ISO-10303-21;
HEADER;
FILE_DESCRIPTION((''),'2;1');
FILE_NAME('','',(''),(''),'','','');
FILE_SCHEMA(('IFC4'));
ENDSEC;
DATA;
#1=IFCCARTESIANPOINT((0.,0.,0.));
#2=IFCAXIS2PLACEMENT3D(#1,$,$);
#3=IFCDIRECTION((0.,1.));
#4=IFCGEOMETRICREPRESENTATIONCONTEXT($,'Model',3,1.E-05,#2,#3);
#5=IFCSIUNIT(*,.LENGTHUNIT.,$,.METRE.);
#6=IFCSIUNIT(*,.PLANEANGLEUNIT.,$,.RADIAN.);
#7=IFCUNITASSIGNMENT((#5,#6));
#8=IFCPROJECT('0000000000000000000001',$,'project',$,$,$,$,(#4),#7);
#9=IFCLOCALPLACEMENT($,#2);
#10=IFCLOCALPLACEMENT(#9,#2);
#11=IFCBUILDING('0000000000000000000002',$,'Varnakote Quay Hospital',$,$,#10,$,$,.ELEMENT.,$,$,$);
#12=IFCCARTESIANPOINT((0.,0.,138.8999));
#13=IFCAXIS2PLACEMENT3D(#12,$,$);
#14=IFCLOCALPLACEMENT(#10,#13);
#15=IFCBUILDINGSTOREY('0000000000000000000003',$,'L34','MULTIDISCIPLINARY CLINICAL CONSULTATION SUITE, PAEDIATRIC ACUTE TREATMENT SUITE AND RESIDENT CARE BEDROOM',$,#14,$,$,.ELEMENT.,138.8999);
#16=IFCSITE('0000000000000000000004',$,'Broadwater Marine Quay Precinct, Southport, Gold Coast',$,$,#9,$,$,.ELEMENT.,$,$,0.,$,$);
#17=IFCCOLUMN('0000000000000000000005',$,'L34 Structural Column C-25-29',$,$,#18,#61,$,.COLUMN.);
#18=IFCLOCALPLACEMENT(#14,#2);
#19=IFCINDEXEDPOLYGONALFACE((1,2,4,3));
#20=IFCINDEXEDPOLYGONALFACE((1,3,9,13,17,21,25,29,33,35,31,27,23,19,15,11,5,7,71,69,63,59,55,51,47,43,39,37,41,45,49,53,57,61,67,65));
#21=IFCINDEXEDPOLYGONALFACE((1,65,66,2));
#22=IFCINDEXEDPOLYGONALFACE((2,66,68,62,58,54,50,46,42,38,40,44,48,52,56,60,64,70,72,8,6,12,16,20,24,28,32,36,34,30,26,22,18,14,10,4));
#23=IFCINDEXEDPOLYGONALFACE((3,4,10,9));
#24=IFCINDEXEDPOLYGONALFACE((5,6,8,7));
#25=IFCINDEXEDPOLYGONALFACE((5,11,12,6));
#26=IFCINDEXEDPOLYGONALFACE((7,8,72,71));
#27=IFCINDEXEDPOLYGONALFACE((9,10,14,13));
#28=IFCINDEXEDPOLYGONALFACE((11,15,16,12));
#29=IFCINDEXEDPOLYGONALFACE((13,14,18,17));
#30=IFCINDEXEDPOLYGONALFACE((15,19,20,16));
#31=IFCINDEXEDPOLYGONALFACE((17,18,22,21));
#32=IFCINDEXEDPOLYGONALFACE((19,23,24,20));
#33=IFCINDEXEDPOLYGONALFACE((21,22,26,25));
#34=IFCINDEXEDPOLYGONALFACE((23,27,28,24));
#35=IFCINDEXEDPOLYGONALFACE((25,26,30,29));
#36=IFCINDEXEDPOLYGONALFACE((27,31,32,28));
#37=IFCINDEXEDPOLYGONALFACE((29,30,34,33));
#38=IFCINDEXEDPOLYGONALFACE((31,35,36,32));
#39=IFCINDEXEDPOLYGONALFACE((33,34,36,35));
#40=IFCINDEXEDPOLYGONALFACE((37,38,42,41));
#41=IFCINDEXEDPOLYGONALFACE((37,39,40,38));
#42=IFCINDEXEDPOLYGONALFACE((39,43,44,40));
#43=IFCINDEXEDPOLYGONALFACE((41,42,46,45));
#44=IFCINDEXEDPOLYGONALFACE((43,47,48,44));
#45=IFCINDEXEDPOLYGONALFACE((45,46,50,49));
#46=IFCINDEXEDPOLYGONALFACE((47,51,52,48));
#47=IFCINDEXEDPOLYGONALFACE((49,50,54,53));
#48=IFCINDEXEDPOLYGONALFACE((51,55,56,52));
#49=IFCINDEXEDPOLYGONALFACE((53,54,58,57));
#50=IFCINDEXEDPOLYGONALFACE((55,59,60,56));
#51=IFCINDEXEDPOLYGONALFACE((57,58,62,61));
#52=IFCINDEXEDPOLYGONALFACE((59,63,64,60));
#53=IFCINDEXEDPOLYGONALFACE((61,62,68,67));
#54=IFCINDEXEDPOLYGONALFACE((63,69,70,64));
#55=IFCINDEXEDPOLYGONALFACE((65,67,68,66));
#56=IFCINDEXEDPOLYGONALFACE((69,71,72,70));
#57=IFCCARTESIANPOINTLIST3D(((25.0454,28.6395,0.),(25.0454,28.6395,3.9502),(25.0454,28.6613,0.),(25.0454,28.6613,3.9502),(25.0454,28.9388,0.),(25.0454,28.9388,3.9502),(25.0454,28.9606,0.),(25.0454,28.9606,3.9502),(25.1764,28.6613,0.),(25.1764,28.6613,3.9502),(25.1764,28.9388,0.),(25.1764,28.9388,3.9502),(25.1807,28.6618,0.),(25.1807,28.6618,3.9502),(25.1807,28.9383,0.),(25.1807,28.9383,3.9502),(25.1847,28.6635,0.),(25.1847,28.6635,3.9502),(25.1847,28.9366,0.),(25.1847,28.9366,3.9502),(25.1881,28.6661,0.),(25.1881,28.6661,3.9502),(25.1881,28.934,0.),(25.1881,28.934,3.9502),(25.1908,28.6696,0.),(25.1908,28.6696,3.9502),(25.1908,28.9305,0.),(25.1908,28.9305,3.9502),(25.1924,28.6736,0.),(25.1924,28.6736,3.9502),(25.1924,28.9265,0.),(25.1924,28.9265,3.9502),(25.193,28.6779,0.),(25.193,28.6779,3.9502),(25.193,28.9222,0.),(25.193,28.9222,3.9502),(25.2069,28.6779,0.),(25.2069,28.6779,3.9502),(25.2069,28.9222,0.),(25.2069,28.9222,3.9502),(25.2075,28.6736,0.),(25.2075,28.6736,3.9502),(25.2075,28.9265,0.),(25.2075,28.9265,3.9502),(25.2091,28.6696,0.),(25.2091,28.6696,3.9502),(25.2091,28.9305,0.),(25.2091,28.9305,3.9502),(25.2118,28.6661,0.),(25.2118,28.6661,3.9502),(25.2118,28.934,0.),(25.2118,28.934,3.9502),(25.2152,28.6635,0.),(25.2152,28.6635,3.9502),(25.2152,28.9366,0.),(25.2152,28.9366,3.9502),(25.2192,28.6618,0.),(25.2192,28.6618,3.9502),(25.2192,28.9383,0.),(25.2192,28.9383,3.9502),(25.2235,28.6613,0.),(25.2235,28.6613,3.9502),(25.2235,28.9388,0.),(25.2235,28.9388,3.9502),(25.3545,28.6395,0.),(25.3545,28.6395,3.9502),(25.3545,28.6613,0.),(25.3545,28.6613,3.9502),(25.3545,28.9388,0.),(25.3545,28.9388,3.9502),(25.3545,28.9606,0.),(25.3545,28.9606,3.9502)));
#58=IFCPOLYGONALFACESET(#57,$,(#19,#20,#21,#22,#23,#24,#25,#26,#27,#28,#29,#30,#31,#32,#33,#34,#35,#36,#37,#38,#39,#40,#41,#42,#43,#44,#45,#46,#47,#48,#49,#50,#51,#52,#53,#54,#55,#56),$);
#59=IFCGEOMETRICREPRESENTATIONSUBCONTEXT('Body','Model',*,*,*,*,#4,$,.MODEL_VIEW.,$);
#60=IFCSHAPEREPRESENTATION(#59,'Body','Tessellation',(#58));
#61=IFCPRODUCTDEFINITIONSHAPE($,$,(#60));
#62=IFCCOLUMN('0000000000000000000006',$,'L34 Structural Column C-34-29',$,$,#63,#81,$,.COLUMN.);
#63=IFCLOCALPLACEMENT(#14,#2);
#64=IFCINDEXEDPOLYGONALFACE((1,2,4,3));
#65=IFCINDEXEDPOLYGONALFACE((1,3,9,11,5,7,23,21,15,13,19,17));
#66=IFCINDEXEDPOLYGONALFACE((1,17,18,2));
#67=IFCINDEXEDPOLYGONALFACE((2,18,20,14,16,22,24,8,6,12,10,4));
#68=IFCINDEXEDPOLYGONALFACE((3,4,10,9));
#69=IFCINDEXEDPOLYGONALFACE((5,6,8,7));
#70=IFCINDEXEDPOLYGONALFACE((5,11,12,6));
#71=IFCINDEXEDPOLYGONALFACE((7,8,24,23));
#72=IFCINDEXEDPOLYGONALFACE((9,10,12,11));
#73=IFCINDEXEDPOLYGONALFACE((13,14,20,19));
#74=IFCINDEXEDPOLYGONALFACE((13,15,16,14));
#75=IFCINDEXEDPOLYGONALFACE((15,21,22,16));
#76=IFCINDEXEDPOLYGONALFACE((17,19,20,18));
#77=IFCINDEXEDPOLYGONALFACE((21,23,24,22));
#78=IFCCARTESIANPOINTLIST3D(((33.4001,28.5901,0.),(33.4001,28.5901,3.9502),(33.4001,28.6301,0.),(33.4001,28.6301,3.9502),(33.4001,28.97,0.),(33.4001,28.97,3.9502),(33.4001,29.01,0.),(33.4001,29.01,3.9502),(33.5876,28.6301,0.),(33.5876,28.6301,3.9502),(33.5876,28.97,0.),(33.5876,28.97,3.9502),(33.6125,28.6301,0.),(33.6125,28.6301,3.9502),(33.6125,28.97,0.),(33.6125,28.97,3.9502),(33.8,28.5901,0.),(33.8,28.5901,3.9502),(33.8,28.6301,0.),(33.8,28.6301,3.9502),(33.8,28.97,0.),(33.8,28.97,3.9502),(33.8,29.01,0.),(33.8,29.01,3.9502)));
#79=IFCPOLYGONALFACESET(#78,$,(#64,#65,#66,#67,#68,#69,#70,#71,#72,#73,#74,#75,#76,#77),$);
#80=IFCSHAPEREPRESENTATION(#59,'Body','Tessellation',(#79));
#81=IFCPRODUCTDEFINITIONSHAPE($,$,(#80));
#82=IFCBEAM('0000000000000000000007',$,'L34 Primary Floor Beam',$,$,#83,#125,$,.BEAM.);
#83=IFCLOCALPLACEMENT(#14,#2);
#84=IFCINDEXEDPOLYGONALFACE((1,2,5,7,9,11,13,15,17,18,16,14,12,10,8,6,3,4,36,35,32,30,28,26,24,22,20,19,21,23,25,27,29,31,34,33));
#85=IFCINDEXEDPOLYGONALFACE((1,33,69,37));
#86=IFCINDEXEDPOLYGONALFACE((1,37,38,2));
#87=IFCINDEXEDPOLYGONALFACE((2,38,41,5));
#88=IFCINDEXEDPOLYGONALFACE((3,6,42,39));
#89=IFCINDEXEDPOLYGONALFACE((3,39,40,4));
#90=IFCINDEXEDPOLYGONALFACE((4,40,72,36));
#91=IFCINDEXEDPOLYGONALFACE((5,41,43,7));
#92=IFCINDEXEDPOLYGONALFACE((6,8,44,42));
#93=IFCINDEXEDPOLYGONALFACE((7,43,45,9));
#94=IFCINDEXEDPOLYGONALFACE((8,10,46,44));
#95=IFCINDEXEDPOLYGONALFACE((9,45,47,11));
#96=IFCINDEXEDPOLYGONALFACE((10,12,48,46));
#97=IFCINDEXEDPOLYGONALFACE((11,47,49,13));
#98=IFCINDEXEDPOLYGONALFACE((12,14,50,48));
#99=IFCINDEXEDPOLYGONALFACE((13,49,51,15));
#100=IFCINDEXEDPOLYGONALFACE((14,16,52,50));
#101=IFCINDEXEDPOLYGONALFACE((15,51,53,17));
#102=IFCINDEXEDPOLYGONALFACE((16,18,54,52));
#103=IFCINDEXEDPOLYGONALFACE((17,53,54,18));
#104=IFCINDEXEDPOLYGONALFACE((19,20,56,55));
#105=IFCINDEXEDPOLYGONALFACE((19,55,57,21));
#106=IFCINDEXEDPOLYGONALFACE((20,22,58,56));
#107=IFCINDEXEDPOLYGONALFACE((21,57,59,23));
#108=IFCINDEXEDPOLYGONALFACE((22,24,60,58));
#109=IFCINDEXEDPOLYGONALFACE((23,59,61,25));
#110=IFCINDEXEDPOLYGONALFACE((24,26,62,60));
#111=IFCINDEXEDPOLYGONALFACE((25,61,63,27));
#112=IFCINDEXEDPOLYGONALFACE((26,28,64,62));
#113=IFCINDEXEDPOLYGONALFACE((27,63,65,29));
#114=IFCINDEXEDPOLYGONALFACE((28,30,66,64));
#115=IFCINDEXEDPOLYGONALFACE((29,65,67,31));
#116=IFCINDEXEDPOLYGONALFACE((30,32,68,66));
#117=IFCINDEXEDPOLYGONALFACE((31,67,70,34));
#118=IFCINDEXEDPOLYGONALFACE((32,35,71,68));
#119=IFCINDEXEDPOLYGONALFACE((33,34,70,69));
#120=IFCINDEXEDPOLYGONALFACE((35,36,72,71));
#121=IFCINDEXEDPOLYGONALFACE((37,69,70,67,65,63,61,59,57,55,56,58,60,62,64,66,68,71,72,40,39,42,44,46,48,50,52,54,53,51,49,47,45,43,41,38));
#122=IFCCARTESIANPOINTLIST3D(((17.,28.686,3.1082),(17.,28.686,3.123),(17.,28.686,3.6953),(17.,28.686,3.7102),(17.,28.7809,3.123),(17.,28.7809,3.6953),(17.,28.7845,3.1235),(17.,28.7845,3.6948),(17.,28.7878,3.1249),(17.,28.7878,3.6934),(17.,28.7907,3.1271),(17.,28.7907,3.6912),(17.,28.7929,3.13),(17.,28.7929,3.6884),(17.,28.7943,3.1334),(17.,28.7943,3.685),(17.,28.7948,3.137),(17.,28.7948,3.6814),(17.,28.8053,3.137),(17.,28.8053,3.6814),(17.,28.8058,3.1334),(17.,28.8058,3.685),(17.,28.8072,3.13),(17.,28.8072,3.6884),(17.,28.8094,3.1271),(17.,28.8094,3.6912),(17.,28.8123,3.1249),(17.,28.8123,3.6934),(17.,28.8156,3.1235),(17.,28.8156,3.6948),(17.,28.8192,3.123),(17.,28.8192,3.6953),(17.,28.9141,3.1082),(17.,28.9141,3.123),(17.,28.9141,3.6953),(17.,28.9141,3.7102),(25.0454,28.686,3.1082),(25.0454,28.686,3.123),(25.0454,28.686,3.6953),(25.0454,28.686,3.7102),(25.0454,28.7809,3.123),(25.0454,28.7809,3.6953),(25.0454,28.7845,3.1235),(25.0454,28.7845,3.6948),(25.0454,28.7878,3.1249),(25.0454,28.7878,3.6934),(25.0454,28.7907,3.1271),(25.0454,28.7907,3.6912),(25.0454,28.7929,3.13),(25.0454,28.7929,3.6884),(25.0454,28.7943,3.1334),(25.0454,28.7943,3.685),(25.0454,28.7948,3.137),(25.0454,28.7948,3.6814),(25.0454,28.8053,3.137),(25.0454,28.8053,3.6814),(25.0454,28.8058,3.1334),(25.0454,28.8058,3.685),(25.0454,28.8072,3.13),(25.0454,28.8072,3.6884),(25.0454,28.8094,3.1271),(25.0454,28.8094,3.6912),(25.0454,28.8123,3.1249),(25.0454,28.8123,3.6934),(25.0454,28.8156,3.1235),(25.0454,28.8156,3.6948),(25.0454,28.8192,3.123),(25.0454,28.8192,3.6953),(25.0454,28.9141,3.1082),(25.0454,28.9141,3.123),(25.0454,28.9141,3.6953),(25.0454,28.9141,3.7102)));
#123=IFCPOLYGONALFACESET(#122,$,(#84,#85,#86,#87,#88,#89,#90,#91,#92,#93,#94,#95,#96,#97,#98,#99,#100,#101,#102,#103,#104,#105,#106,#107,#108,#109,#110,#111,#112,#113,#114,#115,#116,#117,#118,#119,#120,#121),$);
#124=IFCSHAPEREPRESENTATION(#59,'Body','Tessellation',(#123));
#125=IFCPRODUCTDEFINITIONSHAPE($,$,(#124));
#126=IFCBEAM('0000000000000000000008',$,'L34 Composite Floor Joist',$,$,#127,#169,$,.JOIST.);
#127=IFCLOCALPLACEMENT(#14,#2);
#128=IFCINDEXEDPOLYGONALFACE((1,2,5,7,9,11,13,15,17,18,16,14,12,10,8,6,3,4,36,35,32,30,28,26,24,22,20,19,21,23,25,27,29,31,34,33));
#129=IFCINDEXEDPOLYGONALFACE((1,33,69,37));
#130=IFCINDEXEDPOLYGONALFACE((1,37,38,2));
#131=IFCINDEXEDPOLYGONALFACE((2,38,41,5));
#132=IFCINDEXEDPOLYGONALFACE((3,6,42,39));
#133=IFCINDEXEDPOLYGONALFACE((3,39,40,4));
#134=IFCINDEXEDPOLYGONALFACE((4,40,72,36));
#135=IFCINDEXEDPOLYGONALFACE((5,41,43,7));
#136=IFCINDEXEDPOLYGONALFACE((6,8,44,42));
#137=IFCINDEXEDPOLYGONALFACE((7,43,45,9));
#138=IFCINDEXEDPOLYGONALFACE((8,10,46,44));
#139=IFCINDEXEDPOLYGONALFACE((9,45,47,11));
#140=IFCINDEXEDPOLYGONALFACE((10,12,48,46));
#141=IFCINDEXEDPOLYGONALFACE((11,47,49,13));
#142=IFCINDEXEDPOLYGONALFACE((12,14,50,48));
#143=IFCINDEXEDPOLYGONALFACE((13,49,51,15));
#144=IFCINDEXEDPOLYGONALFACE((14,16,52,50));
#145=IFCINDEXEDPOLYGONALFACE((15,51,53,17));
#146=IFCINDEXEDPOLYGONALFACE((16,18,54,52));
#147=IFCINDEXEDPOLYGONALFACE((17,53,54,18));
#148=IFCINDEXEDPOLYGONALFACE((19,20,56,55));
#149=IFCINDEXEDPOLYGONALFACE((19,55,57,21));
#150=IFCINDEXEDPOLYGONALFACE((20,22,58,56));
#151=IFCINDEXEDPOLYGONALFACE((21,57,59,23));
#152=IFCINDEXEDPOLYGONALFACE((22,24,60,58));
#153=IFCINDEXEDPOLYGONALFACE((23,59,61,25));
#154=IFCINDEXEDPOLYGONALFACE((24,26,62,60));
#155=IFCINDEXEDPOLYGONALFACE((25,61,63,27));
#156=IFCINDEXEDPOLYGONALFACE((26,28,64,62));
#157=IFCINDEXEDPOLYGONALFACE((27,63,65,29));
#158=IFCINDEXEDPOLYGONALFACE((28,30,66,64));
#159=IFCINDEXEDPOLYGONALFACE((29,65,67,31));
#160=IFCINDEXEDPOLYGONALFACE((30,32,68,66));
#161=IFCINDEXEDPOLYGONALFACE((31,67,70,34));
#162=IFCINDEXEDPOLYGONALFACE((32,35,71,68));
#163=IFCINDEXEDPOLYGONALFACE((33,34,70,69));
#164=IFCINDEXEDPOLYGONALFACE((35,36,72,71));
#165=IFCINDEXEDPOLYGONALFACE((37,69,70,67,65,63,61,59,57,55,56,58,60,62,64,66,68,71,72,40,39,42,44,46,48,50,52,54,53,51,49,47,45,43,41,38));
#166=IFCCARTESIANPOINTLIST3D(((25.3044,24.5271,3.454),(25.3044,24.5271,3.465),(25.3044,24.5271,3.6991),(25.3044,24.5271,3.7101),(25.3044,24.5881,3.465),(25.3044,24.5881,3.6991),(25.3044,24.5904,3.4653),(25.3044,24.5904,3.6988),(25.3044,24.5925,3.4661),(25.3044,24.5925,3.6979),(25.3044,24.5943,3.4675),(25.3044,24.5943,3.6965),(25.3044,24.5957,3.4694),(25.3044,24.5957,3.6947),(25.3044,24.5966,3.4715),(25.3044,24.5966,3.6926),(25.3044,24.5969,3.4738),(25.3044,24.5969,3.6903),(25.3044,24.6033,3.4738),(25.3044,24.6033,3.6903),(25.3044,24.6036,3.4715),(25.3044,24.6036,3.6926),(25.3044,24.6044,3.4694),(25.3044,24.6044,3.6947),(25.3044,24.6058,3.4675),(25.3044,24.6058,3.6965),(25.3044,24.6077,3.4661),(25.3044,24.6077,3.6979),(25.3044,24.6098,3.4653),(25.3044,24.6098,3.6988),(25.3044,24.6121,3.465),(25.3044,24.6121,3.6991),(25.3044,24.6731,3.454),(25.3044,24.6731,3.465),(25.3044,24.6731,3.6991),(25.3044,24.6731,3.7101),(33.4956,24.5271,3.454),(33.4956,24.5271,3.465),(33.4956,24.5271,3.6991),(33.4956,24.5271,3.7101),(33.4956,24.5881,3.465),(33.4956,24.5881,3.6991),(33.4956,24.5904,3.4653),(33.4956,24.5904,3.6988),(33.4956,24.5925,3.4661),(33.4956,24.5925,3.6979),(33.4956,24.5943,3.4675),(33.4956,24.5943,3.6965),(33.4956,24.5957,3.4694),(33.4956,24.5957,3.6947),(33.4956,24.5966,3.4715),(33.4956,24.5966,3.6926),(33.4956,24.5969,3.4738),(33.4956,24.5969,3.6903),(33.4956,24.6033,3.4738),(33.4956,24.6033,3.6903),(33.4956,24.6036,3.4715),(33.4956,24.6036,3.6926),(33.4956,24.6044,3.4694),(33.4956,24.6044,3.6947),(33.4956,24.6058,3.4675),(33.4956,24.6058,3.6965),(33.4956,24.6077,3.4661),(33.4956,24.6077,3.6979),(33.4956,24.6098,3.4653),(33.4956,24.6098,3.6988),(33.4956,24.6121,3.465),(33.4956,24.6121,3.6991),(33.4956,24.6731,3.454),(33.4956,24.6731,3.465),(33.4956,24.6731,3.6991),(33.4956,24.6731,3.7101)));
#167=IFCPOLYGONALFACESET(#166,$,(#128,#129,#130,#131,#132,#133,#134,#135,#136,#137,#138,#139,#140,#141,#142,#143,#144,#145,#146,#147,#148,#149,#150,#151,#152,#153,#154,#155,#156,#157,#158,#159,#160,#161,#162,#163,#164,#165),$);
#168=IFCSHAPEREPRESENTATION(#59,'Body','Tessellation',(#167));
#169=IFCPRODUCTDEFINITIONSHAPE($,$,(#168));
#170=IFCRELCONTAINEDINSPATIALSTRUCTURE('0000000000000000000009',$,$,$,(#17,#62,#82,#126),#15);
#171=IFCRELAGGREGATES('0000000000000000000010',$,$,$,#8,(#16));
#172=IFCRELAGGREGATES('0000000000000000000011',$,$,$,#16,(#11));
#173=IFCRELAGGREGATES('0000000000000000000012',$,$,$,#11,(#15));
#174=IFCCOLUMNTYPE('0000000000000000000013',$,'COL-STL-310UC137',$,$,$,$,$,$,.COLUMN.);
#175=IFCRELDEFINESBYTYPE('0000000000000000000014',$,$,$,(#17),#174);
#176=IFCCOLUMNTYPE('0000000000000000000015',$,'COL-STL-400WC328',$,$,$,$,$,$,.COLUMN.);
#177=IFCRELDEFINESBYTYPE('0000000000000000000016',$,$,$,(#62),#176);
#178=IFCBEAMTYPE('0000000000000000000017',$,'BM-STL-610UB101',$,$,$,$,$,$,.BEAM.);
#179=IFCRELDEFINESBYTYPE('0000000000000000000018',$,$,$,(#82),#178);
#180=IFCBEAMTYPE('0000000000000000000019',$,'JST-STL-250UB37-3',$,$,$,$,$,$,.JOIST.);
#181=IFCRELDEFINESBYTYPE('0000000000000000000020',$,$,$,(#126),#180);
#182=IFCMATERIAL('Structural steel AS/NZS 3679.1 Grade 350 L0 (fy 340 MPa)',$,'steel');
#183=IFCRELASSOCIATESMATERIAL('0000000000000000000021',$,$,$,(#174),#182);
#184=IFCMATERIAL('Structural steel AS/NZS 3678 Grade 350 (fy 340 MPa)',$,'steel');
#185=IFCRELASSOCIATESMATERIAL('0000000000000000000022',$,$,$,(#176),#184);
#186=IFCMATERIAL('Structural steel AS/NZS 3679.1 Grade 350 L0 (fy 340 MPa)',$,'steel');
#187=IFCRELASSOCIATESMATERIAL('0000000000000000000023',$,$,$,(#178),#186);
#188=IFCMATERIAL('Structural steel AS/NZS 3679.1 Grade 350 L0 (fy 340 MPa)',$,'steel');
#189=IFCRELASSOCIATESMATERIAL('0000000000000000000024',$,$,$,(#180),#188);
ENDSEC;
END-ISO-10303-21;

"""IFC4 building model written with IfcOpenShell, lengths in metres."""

from ifc_helpers import new_model, si_unit, direction, frame, origin, origin_2d, place, context, subcontext, project, spatial, i_section, extrude, material, material_profile, profile_set, type_object, element, save


model = new_model("IFC4")

# Units and contexts
model_context = context("Model", 3, precision=1e-05, world=origin(), true_north=direction((0.0, 1.0)))
body_context = subcontext(model_context, "Body", "Model", "MODEL_VIEW")
ifc_project = project(units=[si_unit("LENGTHUNIT", "METRE"), si_unit("PLANEANGLEUNIT", "RADIAN")], contexts=[model_context])

# Site, building, storey
site_placement = place(None, origin())
site = spatial("IfcSite", under=ifc_project, at=site_placement, Name="Broadwater Marine Quay Precinct, Southport, Gold Coast", CompositionType="ELEMENT", RefElevation=0.0)
building_placement = place(site_placement, origin())
building = spatial("IfcBuilding", under=site, at=building_placement, Name="Varnakote Quay Hospital", CompositionType="ELEMENT")
storey_placement = place(building_placement, frame((0.0, 0.0, 138.8999)))
storey = spatial("IfcBuildingStorey", under=building, at=storey_placement, Name="L34", Description="MULTIDISCIPLINARY CLINICAL CONSULTATION SUITE, PAEDIATRIC ACUTE TREATMENT SUITE AND RESIDENT CARE BEDROOM", CompositionType="ELEMENT", Elevation=138.8999)

# Columns
ifc_material_1 = material(Name="Structural steel AS/NZS 3679.1 Grade 350 L0 (fy 340 MPa)", Category="steel")
ifc_material_profile_1 = material_profile(ifc_material_1, i_section(OverallWidth=0.3091, OverallDepth=0.321, WebThickness=0.0139, FlangeThickness=0.0217, FilletRadius=0.0166, at=origin_2d()), Name="310UC137")
ifc_profile_set_1 = profile_set([ifc_material_profile_1], Name="Structural steel AS/NZS 3679.1 Grade 350 L0 (fy 340 MPa)")
column_type_1 = type_object("IfcColumnType", Name="COL-STL-310UC137", PredefinedType="COLUMN", material=ifc_profile_set_1)
column_1_placement = place(storey_placement, frame((25.2, 28.8, 0.0), z_axis=(0.0, 0.0, 1.0), x_axis=(1.0, 0.0, 0.0)))
element("IfcColumn", 1, at=column_1_placement, inside=storey, type_object=column_type_1, Name="L34 Structural Column C-25-29", PredefinedType="COLUMN", context=body_context, shape_type="SweptSolid", body=[
    extrude(i_section(OverallWidth=0.3091, OverallDepth=0.321, WebThickness=0.0139, FlangeThickness=0.0217, FilletRadius=0.0166, at=origin_2d()), origin(), (0.0, 0.0, 1.0), 3.9502),
])
ifc_material_2 = material(Name="Structural steel AS/NZS 3678 Grade 350 (fy 340 MPa)", Category="steel")
ifc_material_profile_2 = material_profile(ifc_material_2, i_section(OverallWidth=0.3999, OverallDepth=0.4199, WebThickness=0.0249, FlangeThickness=0.04, at=origin_2d()), Name="400WC328")
ifc_profile_set_2 = profile_set([ifc_material_profile_2], Name="Structural steel AS/NZS 3678 Grade 350 (fy 340 MPa)")
column_type_2 = type_object("IfcColumnType", Name="COL-STL-400WC328", PredefinedType="COLUMN", material=ifc_profile_set_2)
column_2_placement = place(storey_placement, frame((33.6001, 28.8, 0.0), z_axis=(0.0, 0.0, 1.0), x_axis=(1.0, 0.0, 0.0)))
element("IfcColumn", 2, at=column_2_placement, inside=storey, type_object=column_type_2, Name="L34 Structural Column C-34-29", PredefinedType="COLUMN", context=body_context, shape_type="SweptSolid", body=[
    extrude(i_section(OverallWidth=0.3999, OverallDepth=0.4199, WebThickness=0.0249, FlangeThickness=0.04, at=origin_2d()), origin(), (0.0, 0.0, 1.0), 3.9502),
])

# Beams
ifc_material_3 = material(Name="Structural steel AS/NZS 3679.1 Grade 350 L0 (fy 340 MPa)", Category="steel")
ifc_material_profile_3 = material_profile(ifc_material_3, i_section(OverallWidth=0.228, OverallDepth=0.6021, WebThickness=0.0105, FlangeThickness=0.0149, FilletRadius=0.0139, at=origin_2d()), Name="610UB101")
ifc_profile_set_3 = profile_set([ifc_material_profile_3], Name="Structural steel AS/NZS 3679.1 Grade 350 L0 (fy 340 MPa)")
beam_type_1 = type_object("IfcBeamType", Name="BM-STL-610UB101", PredefinedType="BEAM", material=ifc_profile_set_3)
beam_1_placement = place(storey_placement, frame((17.0, 28.8, 3.4092), z_axis=(1.0, 0.0, 0.0), x_axis=(0.0, 1.0, 0.0)))
element("IfcBeam", 3, at=beam_1_placement, inside=storey, type_object=beam_type_1, Name="L34 Primary Floor Beam", PredefinedType="BEAM", context=body_context, shape_type="SweptSolid", body=[
    extrude(i_section(OverallWidth=0.228, OverallDepth=0.6021, WebThickness=0.0105, FlangeThickness=0.0149, FilletRadius=0.0139, at=origin_2d()), origin(), (0.0, 0.0, 1.0), 8.0454),
])
ifc_material_4 = material(Name="Structural steel AS/NZS 3679.1 Grade 350 L0 (fy 340 MPa)", Category="steel")
ifc_material_profile_4 = material_profile(ifc_material_4, i_section(OverallWidth=0.146, OverallDepth=0.2561, WebThickness=0.0063, FlangeThickness=0.011, FilletRadius=0.0088, at=origin_2d()), Name="250UB37.3")
ifc_profile_set_4 = profile_set([ifc_material_profile_4], Name="Structural steel AS/NZS 3679.1 Grade 350 L0 (fy 340 MPa)")
beam_type_2 = type_object("IfcBeamType", Name="JST-STL-250UB37-3", PredefinedType="JOIST", material=ifc_profile_set_4)
beam_2_placement = place(storey_placement, frame((25.3044, 24.6001, 3.582), z_axis=(1.0, 0.0, 0.0), x_axis=(0.0, 1.0, 0.0)))
element("IfcBeam", 4, at=beam_2_placement, inside=storey, type_object=beam_type_2, Name="L34 Composite Floor Joist", PredefinedType="JOIST", context=body_context, shape_type="SweptSolid", body=[
    extrude(i_section(OverallWidth=0.146, OverallDepth=0.2561, WebThickness=0.0063, FlangeThickness=0.011, FilletRadius=0.0088, at=origin_2d()), origin(), (0.0, 0.0, 1.0), 8.1912),
])

save(model, "model.ifc")
